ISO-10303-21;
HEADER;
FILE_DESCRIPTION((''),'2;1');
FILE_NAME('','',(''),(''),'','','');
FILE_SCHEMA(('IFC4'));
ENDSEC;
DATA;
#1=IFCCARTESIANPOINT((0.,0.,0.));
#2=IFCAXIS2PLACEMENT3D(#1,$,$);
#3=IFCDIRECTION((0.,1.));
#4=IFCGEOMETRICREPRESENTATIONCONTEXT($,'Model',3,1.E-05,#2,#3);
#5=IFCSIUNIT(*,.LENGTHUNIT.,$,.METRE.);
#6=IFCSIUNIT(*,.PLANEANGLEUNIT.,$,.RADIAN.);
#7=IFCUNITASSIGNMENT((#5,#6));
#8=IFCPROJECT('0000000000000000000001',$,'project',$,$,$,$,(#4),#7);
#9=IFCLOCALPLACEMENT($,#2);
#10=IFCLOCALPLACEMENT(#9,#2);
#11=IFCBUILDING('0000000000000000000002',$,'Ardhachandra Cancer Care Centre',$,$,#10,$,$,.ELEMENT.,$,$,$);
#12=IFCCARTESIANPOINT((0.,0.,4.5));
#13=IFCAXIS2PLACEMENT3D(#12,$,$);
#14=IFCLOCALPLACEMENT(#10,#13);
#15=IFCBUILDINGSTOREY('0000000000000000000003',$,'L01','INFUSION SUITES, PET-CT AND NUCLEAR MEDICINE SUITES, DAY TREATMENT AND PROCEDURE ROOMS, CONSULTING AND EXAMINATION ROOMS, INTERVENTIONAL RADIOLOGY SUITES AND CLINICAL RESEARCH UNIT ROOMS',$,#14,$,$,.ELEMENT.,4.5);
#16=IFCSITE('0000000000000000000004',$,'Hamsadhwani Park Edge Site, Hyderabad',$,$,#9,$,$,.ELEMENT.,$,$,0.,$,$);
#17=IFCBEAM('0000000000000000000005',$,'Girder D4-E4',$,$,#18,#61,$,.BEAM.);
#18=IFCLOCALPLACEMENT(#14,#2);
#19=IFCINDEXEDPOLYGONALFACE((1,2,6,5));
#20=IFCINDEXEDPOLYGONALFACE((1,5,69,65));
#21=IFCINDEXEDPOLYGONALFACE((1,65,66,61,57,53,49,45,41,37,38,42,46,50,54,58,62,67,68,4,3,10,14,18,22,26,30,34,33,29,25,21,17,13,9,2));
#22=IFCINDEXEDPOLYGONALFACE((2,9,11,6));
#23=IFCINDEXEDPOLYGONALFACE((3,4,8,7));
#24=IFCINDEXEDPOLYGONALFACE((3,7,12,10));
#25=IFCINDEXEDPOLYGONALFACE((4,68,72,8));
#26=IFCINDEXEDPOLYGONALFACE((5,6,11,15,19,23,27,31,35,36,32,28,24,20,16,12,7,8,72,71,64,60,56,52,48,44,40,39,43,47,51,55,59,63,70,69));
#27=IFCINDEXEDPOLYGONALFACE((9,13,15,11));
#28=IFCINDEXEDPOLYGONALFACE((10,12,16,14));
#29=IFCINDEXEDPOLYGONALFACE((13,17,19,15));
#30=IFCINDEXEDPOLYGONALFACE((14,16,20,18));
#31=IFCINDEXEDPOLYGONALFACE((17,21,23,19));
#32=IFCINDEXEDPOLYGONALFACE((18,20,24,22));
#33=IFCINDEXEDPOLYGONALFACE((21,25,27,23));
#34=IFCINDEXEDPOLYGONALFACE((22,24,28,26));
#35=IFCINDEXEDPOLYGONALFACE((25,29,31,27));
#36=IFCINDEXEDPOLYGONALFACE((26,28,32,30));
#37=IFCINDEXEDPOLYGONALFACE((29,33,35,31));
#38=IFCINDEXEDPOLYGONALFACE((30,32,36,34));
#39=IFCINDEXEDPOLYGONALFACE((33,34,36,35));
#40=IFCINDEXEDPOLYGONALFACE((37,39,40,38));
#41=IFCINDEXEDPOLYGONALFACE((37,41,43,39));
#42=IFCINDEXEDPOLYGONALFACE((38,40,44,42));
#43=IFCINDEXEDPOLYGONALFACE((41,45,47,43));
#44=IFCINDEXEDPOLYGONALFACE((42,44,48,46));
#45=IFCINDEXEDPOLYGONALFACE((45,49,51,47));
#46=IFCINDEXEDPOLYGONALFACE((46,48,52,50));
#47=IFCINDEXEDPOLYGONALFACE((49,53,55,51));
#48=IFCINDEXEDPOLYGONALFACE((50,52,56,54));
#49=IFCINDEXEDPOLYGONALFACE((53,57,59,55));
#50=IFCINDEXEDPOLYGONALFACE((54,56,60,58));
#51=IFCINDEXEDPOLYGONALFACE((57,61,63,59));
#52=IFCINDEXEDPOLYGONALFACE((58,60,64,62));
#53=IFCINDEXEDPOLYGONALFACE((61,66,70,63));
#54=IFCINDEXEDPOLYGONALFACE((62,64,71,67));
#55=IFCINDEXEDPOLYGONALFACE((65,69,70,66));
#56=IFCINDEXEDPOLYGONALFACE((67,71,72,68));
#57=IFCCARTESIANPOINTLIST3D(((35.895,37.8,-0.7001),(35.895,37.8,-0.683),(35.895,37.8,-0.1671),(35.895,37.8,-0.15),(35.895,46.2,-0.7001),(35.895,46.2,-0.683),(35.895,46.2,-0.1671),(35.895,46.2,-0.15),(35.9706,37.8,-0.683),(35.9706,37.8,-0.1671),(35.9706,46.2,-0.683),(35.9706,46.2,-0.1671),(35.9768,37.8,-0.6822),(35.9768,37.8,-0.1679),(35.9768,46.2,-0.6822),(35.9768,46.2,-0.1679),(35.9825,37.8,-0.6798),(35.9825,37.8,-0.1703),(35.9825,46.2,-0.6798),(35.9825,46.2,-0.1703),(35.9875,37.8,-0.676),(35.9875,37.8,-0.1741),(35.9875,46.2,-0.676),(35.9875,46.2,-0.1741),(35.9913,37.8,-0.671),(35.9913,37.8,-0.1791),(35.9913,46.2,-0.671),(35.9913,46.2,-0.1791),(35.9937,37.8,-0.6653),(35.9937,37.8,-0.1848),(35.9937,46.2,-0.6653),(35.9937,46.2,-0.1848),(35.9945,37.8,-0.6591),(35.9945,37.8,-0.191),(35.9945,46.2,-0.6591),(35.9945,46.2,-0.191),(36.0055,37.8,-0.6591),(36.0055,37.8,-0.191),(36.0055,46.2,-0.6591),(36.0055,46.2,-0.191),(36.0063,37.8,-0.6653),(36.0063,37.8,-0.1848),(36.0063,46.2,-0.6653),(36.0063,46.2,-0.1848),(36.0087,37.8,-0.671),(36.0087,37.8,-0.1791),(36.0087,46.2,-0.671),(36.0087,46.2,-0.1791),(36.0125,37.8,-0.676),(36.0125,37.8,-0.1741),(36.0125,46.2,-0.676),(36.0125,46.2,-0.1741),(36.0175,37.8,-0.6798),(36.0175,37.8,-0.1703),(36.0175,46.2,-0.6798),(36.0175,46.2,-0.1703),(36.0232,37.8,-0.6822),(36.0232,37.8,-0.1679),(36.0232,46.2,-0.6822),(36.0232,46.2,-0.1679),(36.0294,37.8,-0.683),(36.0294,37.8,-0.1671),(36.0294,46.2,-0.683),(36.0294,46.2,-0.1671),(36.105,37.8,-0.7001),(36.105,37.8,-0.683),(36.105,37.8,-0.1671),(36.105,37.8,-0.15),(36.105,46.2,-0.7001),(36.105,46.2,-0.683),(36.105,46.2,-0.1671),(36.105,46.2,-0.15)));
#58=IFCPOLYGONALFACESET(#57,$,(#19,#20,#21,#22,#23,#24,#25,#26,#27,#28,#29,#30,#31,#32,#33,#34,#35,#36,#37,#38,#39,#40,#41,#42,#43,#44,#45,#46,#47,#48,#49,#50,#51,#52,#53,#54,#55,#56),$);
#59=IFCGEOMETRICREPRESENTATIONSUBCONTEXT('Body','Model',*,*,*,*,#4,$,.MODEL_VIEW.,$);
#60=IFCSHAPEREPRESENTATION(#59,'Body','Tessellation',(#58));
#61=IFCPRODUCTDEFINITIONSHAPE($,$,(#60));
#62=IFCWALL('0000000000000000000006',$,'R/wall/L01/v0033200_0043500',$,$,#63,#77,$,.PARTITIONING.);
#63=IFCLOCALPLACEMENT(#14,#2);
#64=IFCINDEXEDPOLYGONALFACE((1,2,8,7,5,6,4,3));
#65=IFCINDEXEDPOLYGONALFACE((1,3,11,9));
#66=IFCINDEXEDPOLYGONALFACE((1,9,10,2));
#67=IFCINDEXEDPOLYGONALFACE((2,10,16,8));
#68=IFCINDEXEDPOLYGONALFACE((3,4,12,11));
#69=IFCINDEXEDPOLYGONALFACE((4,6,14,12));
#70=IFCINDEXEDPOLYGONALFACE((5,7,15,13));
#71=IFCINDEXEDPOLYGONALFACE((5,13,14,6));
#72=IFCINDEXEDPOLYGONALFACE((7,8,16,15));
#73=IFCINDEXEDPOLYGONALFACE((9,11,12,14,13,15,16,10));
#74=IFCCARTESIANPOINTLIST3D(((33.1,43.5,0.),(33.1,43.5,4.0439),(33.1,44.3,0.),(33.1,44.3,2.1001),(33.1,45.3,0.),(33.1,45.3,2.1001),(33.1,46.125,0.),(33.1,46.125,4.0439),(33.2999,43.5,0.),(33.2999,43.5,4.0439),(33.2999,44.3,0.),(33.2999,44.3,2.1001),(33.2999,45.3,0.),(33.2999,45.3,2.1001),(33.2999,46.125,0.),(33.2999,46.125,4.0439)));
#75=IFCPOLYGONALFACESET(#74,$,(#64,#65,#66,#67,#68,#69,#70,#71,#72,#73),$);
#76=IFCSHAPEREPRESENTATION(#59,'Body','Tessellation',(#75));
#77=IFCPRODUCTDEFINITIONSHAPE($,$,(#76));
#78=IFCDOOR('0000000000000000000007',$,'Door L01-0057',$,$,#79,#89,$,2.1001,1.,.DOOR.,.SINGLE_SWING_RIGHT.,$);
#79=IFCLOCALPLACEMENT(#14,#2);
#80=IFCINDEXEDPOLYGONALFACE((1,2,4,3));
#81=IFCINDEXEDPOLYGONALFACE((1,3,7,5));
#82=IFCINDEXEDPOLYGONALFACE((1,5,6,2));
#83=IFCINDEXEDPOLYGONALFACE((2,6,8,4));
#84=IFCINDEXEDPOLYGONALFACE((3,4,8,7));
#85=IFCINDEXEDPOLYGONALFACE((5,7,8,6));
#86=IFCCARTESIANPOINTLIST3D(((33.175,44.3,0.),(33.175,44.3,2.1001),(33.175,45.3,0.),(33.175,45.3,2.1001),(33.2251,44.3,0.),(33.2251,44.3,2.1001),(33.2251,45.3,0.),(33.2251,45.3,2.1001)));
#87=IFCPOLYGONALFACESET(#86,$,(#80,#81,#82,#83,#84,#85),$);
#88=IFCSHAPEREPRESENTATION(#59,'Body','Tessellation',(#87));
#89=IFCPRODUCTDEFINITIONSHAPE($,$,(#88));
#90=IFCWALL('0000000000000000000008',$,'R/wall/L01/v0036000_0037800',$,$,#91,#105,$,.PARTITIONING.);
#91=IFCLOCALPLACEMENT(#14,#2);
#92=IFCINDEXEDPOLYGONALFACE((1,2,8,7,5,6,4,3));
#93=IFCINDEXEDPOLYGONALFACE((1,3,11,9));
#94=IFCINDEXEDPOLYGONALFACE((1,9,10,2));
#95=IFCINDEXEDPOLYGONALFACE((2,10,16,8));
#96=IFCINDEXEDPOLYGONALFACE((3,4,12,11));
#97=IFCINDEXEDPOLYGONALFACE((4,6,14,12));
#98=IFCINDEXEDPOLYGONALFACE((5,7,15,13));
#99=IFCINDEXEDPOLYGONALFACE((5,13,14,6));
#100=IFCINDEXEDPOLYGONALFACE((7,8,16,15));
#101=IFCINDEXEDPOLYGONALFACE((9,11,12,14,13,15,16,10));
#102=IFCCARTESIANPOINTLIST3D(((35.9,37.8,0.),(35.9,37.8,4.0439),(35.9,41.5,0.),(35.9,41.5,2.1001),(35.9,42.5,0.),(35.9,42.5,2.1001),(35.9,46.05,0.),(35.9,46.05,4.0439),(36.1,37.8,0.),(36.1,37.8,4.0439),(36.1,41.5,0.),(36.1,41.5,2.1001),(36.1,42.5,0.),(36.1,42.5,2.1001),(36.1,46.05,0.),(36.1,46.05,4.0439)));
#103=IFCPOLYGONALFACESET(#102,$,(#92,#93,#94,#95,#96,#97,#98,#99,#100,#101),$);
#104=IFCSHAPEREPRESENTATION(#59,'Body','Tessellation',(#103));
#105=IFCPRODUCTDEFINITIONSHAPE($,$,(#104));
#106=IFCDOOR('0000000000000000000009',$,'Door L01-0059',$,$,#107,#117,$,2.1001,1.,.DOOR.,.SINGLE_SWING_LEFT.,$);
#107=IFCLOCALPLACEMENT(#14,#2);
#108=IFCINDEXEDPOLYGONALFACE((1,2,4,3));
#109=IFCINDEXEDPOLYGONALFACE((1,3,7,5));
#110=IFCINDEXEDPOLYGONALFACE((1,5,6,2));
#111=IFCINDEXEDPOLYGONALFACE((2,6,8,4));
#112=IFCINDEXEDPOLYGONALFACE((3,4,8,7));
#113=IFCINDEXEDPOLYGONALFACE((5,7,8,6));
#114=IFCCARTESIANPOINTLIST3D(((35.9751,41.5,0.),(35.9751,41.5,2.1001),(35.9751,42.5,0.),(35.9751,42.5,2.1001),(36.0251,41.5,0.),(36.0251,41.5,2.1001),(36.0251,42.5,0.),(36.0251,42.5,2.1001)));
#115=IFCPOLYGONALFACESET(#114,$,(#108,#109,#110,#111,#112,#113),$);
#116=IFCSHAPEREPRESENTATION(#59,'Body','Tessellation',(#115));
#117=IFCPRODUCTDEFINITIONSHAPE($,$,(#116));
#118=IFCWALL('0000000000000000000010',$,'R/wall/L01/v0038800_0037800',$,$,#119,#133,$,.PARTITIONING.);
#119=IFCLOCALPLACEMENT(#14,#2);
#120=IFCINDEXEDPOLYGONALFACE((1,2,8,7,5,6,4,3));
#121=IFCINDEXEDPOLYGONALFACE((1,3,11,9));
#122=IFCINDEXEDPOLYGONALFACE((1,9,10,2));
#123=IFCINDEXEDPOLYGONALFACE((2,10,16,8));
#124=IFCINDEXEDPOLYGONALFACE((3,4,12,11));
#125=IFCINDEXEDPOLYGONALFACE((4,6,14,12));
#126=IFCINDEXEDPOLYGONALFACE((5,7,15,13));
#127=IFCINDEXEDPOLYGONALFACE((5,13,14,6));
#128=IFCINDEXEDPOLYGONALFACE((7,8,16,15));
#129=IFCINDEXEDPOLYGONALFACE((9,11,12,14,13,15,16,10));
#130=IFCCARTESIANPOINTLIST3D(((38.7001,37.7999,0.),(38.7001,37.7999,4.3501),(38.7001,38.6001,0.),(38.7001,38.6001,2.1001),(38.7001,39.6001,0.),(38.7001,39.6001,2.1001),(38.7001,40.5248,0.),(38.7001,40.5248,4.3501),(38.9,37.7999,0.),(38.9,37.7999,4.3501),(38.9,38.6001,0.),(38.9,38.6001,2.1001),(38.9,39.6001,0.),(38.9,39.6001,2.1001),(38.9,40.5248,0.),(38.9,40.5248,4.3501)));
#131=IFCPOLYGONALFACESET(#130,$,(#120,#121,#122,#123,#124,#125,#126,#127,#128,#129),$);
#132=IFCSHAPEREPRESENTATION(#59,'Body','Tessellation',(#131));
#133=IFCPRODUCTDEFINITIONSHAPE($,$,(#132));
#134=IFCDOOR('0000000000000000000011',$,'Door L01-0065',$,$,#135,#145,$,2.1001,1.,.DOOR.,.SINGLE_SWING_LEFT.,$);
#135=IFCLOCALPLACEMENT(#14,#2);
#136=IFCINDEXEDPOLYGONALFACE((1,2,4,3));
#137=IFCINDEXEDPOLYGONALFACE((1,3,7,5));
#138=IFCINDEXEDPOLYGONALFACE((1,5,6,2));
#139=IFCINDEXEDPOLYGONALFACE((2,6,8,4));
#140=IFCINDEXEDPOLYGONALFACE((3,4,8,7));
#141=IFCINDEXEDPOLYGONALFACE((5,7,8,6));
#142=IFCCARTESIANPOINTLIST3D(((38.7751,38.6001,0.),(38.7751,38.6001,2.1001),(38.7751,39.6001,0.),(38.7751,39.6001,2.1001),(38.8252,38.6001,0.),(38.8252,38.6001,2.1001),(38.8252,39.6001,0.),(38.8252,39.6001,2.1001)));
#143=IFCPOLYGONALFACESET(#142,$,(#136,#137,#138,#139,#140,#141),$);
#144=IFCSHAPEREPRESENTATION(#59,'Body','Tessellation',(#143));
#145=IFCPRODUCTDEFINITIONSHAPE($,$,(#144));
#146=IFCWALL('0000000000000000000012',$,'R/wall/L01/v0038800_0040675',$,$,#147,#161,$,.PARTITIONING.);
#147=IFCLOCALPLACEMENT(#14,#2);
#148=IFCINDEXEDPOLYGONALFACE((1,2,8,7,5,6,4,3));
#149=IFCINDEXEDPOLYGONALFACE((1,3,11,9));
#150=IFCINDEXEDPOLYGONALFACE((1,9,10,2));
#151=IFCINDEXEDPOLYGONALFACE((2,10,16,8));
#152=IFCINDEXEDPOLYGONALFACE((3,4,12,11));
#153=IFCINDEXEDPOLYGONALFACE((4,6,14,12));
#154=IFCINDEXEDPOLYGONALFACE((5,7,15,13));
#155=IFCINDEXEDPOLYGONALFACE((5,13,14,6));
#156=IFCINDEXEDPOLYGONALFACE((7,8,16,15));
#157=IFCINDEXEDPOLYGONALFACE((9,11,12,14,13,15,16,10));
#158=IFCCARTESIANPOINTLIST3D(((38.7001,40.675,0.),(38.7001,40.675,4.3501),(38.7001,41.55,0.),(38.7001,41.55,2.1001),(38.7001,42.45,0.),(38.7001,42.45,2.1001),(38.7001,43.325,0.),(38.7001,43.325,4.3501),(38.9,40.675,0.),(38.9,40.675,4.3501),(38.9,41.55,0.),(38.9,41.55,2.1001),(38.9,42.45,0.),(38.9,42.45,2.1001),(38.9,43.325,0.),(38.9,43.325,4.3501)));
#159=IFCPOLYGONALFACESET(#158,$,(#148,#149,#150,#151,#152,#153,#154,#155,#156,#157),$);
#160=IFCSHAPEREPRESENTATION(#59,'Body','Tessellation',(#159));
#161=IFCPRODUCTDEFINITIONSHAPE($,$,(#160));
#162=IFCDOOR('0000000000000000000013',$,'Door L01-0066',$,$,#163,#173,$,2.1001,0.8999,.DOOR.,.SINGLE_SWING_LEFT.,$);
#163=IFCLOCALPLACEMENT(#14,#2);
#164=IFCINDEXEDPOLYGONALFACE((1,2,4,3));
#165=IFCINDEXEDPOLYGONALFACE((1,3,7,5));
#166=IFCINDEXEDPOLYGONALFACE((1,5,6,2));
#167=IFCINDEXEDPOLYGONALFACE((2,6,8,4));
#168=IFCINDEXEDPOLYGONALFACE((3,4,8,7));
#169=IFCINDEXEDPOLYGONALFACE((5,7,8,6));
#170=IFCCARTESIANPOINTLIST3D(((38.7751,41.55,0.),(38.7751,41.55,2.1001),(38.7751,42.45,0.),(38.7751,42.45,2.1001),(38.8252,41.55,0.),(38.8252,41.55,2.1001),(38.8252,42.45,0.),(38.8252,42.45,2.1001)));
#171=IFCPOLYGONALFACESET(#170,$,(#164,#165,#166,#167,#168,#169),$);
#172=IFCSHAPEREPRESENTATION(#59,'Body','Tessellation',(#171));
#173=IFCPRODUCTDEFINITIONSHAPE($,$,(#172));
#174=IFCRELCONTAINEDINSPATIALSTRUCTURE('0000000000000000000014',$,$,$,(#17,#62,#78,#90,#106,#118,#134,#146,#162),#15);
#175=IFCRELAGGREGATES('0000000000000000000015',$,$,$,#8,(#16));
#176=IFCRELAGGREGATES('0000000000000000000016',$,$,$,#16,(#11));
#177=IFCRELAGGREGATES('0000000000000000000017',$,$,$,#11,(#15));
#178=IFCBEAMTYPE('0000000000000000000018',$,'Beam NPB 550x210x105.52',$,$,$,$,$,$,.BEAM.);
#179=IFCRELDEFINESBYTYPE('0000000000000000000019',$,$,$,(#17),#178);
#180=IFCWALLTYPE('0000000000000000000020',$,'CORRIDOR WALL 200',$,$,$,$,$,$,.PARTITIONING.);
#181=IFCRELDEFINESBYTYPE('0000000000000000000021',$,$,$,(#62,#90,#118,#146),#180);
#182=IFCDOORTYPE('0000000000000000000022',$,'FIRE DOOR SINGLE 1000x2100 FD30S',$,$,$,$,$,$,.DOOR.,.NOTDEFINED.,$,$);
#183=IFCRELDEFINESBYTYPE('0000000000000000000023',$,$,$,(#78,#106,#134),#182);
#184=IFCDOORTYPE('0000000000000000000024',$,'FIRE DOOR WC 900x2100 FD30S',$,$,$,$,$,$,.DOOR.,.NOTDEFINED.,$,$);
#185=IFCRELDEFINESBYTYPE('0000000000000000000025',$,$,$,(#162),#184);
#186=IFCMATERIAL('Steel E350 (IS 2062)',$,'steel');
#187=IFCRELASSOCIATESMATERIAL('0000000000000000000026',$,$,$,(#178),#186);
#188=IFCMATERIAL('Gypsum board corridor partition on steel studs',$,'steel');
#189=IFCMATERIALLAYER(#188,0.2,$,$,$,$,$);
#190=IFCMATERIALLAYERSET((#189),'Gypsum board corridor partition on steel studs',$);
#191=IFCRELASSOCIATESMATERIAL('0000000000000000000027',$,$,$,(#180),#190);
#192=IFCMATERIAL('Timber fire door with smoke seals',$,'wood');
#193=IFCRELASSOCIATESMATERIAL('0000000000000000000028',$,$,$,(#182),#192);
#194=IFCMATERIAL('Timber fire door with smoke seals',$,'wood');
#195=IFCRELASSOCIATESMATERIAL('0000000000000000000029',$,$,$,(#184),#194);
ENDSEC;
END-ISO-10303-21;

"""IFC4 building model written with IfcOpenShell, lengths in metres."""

from ifc_helpers import new_model, si_unit, direction, frame, frame_2d, origin, origin_2d, place, context, subcontext, project, spatial, rectangle, i_section, extrude, material, layer, layer_set, material_profile, profile_set, type_object, element, fill, save


model = new_model("IFC4")

# Units and contexts
model_context = context("Model", 3, precision=1e-05, world=origin(), true_north=direction((0.0, 1.0)))
body_context = subcontext(model_context, "Body", "Model", "MODEL_VIEW")
ifc_project = project(units=[si_unit("LENGTHUNIT", "METRE"), si_unit("PLANEANGLEUNIT", "RADIAN")], contexts=[model_context])

# Site, building, storey
site_placement = place(None, origin())
site = spatial("IfcSite", under=ifc_project, at=site_placement, Name="Hamsadhwani Park Edge Site, Hyderabad", CompositionType="ELEMENT", RefElevation=0.0)
building_placement = place(site_placement, origin())
building = spatial("IfcBuilding", under=site, at=building_placement, Name="Ardhachandra Cancer Care Centre", CompositionType="ELEMENT")
storey_placement = place(building_placement, frame((0.0, 0.0, 4.5)))
storey = spatial("IfcBuildingStorey", under=building, at=storey_placement, Name="L01", Description="INFUSION SUITES, PET-CT AND NUCLEAR MEDICINE SUITES, DAY TREATMENT AND PROCEDURE ROOMS, CONSULTING AND EXAMINATION ROOMS, INTERVENTIONAL RADIOLOGY SUITES AND CLINICAL RESEARCH UNIT ROOMS", CompositionType="ELEMENT", Elevation=4.5)

# Beam
ifc_material_1 = material(Name="Steel E350 (IS 2062)", Category="steel")
ifc_material_profile_1 = material_profile(ifc_material_1, i_section(OverallWidth=0.21, OverallDepth=0.55, WebThickness=0.011, FlangeThickness=0.0171, FilletRadius=0.0239, at=origin_2d()), Name="NPB 550x210x105.52")
ifc_profile_set_1 = profile_set([ifc_material_profile_1], Name="Steel E350 (IS 2062)")
beam_type_1 = type_object("IfcBeamType", Name="Beam NPB 550x210x105.52", PredefinedType="BEAM", material=ifc_profile_set_1)
beam_placement = place(storey_placement, frame((36.0, 37.8, -0.425), z_axis=(0.0, 1.0, 0.0), x_axis=(-1.0, 0.0, 0.0)))
element("IfcBeam", 1, at=beam_placement, inside=storey, type_object=beam_type_1, Name="Girder D4-E4", PredefinedType="BEAM", context=body_context, shape_type="SweptSolid", body=[
    extrude(i_section(OverallWidth=0.21, OverallDepth=0.55, WebThickness=0.011, FlangeThickness=0.0171, FilletRadius=0.0239, at=origin_2d()), origin(), (0.0, 0.0, 1.0), 8.3999),
])

# Walls, openings, doors
ifc_material_2 = material(Name="Gypsum board corridor partition on steel studs", Category="steel")
ifc_layer_1 = layer(ifc_material_2, 0.2)
ifc_layer_set_1 = layer_set([ifc_layer_1], Name="Gypsum board corridor partition on steel studs")
wall_type_1 = type_object("IfcWallType", Name="CORRIDOR WALL 200", PredefinedType="PARTITIONING", material=ifc_layer_set_1)
wall_1_placement = place(storey_placement, frame((33.2, 43.5, 0.0), z_axis=(0.0, 0.0, 1.0), x_axis=(0.0, 1.0, 0.0)))
wall_1 = element("IfcWall", 2, at=wall_1_placement, inside=storey, type_object=wall_type_1, Name="R/wall/L01/v0033200_0043500", PredefinedType="PARTITIONING", context=body_context, shape_type="SweptSolid", body=[
    extrude(rectangle(XDim=2.625, YDim=0.2, at=frame_2d((1.3125, 0.0))), origin(), (0.0, 0.0, 1.0), 4.0439),
])
opening_1_placement = place(wall_1_placement, frame((0.8, 0.0, 0.0)))
opening_1 = element("IfcOpeningElement", 3, at=opening_1_placement, cuts=wall_1, PredefinedType="OPENING", context=body_context, shape_type="SweptSolid", body=[
    extrude(rectangle(XDim=1.0, YDim=2.1001, at=frame_2d((0.5, 1.05))), frame((0.0, 0.1099, 0.0), z_axis=(0.0, -1.0, 0.0), x_axis=(1.0, 0.0, 0.0)), (0.0, 0.0, 1.0), 0.22),
])
ifc_material_3 = material(Name="Timber fire door with smoke seals", Category="wood")
door_type_1 = type_object("IfcDoorType", Name="FIRE DOOR SINGLE 1000x2100 FD30S", OperationType="NOTDEFINED", PredefinedType="DOOR", material=ifc_material_3)
door_1_placement = place(opening_1_placement, origin())
door_1 = element("IfcDoor", 4, at=door_1_placement, inside=storey, type_object=door_type_1, Name="Door L01-0057", OperationType="SINGLE_SWING_RIGHT", OverallHeight=2.1001, OverallWidth=1.0, PredefinedType="DOOR", context=body_context, shape_type="SweptSolid", body=[
    extrude(rectangle(XDim=1.0, YDim=2.1001, at=frame_2d((0.5, 1.05))), frame((0.0, 0.0249, 0.0), z_axis=(0.0, -1.0, 0.0), x_axis=(1.0, 0.0, 0.0)), (0.0, 0.0, 1.0), 0.05),
])
fill(opening_1, door_1)
wall_2_placement = place(storey_placement, frame((36.0, 37.8, 0.0), z_axis=(0.0, 0.0, 1.0), x_axis=(0.0, 1.0, 0.0)))
wall_2 = element("IfcWall", 5, at=wall_2_placement, inside=storey, type_object=wall_type_1, Name="R/wall/L01/v0036000_0037800", PredefinedType="PARTITIONING", context=body_context, shape_type="SweptSolid", body=[
    extrude(rectangle(XDim=8.25, YDim=0.2, at=frame_2d((4.125, 0.0))), origin(), (0.0, 0.0, 1.0), 4.0439),
])
opening_2_placement = place(wall_2_placement, frame((3.7, 0.0, 0.0)))
opening_2 = element("IfcOpeningElement", 6, at=opening_2_placement, cuts=wall_2, PredefinedType="OPENING", context=body_context, shape_type="SweptSolid", body=[
    extrude(rectangle(XDim=1.0, YDim=2.1001, at=frame_2d((0.5, 1.05))), frame((0.0, 0.1099, 0.0), z_axis=(0.0, -1.0, 0.0), x_axis=(1.0, 0.0, 0.0)), (0.0, 0.0, 1.0), 0.22),
])
door_2_placement = place(opening_2_placement, origin())
door_2 = element("IfcDoor", 7, at=door_2_placement, inside=storey, type_object=door_type_1, Name="Door L01-0059", OperationType="SINGLE_SWING_LEFT", OverallHeight=2.1001, OverallWidth=1.0, PredefinedType="DOOR", context=body_context, shape_type="SweptSolid", body=[
    extrude(rectangle(XDim=1.0, YDim=2.1001, at=frame_2d((0.5, 1.05))), frame((0.0, 0.0249, 0.0), z_axis=(0.0, -1.0, 0.0), x_axis=(1.0, 0.0, 0.0)), (0.0, 0.0, 1.0), 0.05),
])
fill(opening_2, door_2)
wall_3_placement = place(storey_placement, frame((38.8, 37.8, 0.0), z_axis=(0.0, 0.0, 1.0), x_axis=(0.0, 1.0, 0.0)))
wall_3 = element("IfcWall", 8, at=wall_3_placement, inside=storey, type_object=wall_type_1, Name="R/wall/L01/v0038800_0037800", PredefinedType="PARTITIONING", context=body_context, shape_type="SweptSolid", body=[
    extrude(rectangle(XDim=2.7249, YDim=0.2, at=frame_2d((1.3623, 0.0))), origin(), (0.0, 0.0, 1.0), 4.3501),
])
opening_3_placement = place(wall_3_placement, frame((0.8, 0.0, 0.0)))
opening_3 = element("IfcOpeningElement", 9, at=opening_3_placement, cuts=wall_3, PredefinedType="OPENING", context=body_context, shape_type="SweptSolid", body=[
    extrude(rectangle(XDim=1.0, YDim=2.1001, at=frame_2d((0.5, 1.05))), frame((0.0, 0.1099, 0.0), z_axis=(0.0, -1.0, 0.0), x_axis=(1.0, 0.0, 0.0)), (0.0, 0.0, 1.0), 0.22),
])
door_3_placement = place(opening_3_placement, origin())
door_3 = element("IfcDoor", 10, at=door_3_placement, inside=storey, type_object=door_type_1, Name="Door L01-0065", OperationType="SINGLE_SWING_LEFT", OverallHeight=2.1001, OverallWidth=1.0, PredefinedType="DOOR", context=body_context, shape_type="SweptSolid", body=[
    extrude(rectangle(XDim=1.0, YDim=2.1001, at=frame_2d((0.5, 1.05))), frame((0.0, 0.0249, 0.0), z_axis=(0.0, -1.0, 0.0), x_axis=(1.0, 0.0, 0.0)), (0.0, 0.0, 1.0), 0.05),
])
fill(opening_3, door_3)
wall_4_placement = place(storey_placement, frame((38.8, 40.675, 0.0), z_axis=(0.0, 0.0, 1.0), x_axis=(0.0, 1.0, 0.0)))
wall_4 = element("IfcWall", 11, at=wall_4_placement, inside=storey, type_object=wall_type_1, Name="R/wall/L01/v0038800_0040675", PredefinedType="PARTITIONING", context=body_context, shape_type="SweptSolid", body=[
    extrude(rectangle(XDim=2.6499, YDim=0.2, at=frame_2d((1.325, 0.0))), origin(), (0.0, 0.0, 1.0), 4.3501),
])
opening_4_placement = place(wall_4_placement, frame((0.875, 0.0, 0.0)))
opening_4 = element("IfcOpeningElement", 12, at=opening_4_placement, cuts=wall_4, PredefinedType="OPENING", context=body_context, shape_type="SweptSolid", body=[
    extrude(rectangle(XDim=0.8999, YDim=2.1001, at=frame_2d((0.45, 1.05))), frame((0.0, 0.1099, 0.0), z_axis=(0.0, -1.0, 0.0), x_axis=(1.0, 0.0, 0.0)), (0.0, 0.0, 1.0), 0.22),
])
ifc_material_4 = material(Name="Timber fire door with smoke seals", Category="wood")
door_type_2 = type_object("IfcDoorType", Name="FIRE DOOR WC 900x2100 FD30S", OperationType="NOTDEFINED", PredefinedType="DOOR", material=ifc_material_4)
door_4_placement = place(opening_4_placement, origin())
door_4 = element("IfcDoor", 13, at=door_4_placement, inside=storey, type_object=door_type_2, Name="Door L01-0066", OperationType="SINGLE_SWING_LEFT", OverallHeight=2.1001, OverallWidth=0.8999, PredefinedType="DOOR", context=body_context, shape_type="SweptSolid", body=[
    extrude(rectangle(XDim=0.8999, YDim=2.1001, at=frame_2d((0.45, 1.05))), frame((0.0, 0.0249, 0.0), z_axis=(0.0, -1.0, 0.0), x_axis=(1.0, 0.0, 0.0)), (0.0, 0.0, 1.0), 0.05),
])
fill(opening_4, door_4)

save(model, "model.ifc")
